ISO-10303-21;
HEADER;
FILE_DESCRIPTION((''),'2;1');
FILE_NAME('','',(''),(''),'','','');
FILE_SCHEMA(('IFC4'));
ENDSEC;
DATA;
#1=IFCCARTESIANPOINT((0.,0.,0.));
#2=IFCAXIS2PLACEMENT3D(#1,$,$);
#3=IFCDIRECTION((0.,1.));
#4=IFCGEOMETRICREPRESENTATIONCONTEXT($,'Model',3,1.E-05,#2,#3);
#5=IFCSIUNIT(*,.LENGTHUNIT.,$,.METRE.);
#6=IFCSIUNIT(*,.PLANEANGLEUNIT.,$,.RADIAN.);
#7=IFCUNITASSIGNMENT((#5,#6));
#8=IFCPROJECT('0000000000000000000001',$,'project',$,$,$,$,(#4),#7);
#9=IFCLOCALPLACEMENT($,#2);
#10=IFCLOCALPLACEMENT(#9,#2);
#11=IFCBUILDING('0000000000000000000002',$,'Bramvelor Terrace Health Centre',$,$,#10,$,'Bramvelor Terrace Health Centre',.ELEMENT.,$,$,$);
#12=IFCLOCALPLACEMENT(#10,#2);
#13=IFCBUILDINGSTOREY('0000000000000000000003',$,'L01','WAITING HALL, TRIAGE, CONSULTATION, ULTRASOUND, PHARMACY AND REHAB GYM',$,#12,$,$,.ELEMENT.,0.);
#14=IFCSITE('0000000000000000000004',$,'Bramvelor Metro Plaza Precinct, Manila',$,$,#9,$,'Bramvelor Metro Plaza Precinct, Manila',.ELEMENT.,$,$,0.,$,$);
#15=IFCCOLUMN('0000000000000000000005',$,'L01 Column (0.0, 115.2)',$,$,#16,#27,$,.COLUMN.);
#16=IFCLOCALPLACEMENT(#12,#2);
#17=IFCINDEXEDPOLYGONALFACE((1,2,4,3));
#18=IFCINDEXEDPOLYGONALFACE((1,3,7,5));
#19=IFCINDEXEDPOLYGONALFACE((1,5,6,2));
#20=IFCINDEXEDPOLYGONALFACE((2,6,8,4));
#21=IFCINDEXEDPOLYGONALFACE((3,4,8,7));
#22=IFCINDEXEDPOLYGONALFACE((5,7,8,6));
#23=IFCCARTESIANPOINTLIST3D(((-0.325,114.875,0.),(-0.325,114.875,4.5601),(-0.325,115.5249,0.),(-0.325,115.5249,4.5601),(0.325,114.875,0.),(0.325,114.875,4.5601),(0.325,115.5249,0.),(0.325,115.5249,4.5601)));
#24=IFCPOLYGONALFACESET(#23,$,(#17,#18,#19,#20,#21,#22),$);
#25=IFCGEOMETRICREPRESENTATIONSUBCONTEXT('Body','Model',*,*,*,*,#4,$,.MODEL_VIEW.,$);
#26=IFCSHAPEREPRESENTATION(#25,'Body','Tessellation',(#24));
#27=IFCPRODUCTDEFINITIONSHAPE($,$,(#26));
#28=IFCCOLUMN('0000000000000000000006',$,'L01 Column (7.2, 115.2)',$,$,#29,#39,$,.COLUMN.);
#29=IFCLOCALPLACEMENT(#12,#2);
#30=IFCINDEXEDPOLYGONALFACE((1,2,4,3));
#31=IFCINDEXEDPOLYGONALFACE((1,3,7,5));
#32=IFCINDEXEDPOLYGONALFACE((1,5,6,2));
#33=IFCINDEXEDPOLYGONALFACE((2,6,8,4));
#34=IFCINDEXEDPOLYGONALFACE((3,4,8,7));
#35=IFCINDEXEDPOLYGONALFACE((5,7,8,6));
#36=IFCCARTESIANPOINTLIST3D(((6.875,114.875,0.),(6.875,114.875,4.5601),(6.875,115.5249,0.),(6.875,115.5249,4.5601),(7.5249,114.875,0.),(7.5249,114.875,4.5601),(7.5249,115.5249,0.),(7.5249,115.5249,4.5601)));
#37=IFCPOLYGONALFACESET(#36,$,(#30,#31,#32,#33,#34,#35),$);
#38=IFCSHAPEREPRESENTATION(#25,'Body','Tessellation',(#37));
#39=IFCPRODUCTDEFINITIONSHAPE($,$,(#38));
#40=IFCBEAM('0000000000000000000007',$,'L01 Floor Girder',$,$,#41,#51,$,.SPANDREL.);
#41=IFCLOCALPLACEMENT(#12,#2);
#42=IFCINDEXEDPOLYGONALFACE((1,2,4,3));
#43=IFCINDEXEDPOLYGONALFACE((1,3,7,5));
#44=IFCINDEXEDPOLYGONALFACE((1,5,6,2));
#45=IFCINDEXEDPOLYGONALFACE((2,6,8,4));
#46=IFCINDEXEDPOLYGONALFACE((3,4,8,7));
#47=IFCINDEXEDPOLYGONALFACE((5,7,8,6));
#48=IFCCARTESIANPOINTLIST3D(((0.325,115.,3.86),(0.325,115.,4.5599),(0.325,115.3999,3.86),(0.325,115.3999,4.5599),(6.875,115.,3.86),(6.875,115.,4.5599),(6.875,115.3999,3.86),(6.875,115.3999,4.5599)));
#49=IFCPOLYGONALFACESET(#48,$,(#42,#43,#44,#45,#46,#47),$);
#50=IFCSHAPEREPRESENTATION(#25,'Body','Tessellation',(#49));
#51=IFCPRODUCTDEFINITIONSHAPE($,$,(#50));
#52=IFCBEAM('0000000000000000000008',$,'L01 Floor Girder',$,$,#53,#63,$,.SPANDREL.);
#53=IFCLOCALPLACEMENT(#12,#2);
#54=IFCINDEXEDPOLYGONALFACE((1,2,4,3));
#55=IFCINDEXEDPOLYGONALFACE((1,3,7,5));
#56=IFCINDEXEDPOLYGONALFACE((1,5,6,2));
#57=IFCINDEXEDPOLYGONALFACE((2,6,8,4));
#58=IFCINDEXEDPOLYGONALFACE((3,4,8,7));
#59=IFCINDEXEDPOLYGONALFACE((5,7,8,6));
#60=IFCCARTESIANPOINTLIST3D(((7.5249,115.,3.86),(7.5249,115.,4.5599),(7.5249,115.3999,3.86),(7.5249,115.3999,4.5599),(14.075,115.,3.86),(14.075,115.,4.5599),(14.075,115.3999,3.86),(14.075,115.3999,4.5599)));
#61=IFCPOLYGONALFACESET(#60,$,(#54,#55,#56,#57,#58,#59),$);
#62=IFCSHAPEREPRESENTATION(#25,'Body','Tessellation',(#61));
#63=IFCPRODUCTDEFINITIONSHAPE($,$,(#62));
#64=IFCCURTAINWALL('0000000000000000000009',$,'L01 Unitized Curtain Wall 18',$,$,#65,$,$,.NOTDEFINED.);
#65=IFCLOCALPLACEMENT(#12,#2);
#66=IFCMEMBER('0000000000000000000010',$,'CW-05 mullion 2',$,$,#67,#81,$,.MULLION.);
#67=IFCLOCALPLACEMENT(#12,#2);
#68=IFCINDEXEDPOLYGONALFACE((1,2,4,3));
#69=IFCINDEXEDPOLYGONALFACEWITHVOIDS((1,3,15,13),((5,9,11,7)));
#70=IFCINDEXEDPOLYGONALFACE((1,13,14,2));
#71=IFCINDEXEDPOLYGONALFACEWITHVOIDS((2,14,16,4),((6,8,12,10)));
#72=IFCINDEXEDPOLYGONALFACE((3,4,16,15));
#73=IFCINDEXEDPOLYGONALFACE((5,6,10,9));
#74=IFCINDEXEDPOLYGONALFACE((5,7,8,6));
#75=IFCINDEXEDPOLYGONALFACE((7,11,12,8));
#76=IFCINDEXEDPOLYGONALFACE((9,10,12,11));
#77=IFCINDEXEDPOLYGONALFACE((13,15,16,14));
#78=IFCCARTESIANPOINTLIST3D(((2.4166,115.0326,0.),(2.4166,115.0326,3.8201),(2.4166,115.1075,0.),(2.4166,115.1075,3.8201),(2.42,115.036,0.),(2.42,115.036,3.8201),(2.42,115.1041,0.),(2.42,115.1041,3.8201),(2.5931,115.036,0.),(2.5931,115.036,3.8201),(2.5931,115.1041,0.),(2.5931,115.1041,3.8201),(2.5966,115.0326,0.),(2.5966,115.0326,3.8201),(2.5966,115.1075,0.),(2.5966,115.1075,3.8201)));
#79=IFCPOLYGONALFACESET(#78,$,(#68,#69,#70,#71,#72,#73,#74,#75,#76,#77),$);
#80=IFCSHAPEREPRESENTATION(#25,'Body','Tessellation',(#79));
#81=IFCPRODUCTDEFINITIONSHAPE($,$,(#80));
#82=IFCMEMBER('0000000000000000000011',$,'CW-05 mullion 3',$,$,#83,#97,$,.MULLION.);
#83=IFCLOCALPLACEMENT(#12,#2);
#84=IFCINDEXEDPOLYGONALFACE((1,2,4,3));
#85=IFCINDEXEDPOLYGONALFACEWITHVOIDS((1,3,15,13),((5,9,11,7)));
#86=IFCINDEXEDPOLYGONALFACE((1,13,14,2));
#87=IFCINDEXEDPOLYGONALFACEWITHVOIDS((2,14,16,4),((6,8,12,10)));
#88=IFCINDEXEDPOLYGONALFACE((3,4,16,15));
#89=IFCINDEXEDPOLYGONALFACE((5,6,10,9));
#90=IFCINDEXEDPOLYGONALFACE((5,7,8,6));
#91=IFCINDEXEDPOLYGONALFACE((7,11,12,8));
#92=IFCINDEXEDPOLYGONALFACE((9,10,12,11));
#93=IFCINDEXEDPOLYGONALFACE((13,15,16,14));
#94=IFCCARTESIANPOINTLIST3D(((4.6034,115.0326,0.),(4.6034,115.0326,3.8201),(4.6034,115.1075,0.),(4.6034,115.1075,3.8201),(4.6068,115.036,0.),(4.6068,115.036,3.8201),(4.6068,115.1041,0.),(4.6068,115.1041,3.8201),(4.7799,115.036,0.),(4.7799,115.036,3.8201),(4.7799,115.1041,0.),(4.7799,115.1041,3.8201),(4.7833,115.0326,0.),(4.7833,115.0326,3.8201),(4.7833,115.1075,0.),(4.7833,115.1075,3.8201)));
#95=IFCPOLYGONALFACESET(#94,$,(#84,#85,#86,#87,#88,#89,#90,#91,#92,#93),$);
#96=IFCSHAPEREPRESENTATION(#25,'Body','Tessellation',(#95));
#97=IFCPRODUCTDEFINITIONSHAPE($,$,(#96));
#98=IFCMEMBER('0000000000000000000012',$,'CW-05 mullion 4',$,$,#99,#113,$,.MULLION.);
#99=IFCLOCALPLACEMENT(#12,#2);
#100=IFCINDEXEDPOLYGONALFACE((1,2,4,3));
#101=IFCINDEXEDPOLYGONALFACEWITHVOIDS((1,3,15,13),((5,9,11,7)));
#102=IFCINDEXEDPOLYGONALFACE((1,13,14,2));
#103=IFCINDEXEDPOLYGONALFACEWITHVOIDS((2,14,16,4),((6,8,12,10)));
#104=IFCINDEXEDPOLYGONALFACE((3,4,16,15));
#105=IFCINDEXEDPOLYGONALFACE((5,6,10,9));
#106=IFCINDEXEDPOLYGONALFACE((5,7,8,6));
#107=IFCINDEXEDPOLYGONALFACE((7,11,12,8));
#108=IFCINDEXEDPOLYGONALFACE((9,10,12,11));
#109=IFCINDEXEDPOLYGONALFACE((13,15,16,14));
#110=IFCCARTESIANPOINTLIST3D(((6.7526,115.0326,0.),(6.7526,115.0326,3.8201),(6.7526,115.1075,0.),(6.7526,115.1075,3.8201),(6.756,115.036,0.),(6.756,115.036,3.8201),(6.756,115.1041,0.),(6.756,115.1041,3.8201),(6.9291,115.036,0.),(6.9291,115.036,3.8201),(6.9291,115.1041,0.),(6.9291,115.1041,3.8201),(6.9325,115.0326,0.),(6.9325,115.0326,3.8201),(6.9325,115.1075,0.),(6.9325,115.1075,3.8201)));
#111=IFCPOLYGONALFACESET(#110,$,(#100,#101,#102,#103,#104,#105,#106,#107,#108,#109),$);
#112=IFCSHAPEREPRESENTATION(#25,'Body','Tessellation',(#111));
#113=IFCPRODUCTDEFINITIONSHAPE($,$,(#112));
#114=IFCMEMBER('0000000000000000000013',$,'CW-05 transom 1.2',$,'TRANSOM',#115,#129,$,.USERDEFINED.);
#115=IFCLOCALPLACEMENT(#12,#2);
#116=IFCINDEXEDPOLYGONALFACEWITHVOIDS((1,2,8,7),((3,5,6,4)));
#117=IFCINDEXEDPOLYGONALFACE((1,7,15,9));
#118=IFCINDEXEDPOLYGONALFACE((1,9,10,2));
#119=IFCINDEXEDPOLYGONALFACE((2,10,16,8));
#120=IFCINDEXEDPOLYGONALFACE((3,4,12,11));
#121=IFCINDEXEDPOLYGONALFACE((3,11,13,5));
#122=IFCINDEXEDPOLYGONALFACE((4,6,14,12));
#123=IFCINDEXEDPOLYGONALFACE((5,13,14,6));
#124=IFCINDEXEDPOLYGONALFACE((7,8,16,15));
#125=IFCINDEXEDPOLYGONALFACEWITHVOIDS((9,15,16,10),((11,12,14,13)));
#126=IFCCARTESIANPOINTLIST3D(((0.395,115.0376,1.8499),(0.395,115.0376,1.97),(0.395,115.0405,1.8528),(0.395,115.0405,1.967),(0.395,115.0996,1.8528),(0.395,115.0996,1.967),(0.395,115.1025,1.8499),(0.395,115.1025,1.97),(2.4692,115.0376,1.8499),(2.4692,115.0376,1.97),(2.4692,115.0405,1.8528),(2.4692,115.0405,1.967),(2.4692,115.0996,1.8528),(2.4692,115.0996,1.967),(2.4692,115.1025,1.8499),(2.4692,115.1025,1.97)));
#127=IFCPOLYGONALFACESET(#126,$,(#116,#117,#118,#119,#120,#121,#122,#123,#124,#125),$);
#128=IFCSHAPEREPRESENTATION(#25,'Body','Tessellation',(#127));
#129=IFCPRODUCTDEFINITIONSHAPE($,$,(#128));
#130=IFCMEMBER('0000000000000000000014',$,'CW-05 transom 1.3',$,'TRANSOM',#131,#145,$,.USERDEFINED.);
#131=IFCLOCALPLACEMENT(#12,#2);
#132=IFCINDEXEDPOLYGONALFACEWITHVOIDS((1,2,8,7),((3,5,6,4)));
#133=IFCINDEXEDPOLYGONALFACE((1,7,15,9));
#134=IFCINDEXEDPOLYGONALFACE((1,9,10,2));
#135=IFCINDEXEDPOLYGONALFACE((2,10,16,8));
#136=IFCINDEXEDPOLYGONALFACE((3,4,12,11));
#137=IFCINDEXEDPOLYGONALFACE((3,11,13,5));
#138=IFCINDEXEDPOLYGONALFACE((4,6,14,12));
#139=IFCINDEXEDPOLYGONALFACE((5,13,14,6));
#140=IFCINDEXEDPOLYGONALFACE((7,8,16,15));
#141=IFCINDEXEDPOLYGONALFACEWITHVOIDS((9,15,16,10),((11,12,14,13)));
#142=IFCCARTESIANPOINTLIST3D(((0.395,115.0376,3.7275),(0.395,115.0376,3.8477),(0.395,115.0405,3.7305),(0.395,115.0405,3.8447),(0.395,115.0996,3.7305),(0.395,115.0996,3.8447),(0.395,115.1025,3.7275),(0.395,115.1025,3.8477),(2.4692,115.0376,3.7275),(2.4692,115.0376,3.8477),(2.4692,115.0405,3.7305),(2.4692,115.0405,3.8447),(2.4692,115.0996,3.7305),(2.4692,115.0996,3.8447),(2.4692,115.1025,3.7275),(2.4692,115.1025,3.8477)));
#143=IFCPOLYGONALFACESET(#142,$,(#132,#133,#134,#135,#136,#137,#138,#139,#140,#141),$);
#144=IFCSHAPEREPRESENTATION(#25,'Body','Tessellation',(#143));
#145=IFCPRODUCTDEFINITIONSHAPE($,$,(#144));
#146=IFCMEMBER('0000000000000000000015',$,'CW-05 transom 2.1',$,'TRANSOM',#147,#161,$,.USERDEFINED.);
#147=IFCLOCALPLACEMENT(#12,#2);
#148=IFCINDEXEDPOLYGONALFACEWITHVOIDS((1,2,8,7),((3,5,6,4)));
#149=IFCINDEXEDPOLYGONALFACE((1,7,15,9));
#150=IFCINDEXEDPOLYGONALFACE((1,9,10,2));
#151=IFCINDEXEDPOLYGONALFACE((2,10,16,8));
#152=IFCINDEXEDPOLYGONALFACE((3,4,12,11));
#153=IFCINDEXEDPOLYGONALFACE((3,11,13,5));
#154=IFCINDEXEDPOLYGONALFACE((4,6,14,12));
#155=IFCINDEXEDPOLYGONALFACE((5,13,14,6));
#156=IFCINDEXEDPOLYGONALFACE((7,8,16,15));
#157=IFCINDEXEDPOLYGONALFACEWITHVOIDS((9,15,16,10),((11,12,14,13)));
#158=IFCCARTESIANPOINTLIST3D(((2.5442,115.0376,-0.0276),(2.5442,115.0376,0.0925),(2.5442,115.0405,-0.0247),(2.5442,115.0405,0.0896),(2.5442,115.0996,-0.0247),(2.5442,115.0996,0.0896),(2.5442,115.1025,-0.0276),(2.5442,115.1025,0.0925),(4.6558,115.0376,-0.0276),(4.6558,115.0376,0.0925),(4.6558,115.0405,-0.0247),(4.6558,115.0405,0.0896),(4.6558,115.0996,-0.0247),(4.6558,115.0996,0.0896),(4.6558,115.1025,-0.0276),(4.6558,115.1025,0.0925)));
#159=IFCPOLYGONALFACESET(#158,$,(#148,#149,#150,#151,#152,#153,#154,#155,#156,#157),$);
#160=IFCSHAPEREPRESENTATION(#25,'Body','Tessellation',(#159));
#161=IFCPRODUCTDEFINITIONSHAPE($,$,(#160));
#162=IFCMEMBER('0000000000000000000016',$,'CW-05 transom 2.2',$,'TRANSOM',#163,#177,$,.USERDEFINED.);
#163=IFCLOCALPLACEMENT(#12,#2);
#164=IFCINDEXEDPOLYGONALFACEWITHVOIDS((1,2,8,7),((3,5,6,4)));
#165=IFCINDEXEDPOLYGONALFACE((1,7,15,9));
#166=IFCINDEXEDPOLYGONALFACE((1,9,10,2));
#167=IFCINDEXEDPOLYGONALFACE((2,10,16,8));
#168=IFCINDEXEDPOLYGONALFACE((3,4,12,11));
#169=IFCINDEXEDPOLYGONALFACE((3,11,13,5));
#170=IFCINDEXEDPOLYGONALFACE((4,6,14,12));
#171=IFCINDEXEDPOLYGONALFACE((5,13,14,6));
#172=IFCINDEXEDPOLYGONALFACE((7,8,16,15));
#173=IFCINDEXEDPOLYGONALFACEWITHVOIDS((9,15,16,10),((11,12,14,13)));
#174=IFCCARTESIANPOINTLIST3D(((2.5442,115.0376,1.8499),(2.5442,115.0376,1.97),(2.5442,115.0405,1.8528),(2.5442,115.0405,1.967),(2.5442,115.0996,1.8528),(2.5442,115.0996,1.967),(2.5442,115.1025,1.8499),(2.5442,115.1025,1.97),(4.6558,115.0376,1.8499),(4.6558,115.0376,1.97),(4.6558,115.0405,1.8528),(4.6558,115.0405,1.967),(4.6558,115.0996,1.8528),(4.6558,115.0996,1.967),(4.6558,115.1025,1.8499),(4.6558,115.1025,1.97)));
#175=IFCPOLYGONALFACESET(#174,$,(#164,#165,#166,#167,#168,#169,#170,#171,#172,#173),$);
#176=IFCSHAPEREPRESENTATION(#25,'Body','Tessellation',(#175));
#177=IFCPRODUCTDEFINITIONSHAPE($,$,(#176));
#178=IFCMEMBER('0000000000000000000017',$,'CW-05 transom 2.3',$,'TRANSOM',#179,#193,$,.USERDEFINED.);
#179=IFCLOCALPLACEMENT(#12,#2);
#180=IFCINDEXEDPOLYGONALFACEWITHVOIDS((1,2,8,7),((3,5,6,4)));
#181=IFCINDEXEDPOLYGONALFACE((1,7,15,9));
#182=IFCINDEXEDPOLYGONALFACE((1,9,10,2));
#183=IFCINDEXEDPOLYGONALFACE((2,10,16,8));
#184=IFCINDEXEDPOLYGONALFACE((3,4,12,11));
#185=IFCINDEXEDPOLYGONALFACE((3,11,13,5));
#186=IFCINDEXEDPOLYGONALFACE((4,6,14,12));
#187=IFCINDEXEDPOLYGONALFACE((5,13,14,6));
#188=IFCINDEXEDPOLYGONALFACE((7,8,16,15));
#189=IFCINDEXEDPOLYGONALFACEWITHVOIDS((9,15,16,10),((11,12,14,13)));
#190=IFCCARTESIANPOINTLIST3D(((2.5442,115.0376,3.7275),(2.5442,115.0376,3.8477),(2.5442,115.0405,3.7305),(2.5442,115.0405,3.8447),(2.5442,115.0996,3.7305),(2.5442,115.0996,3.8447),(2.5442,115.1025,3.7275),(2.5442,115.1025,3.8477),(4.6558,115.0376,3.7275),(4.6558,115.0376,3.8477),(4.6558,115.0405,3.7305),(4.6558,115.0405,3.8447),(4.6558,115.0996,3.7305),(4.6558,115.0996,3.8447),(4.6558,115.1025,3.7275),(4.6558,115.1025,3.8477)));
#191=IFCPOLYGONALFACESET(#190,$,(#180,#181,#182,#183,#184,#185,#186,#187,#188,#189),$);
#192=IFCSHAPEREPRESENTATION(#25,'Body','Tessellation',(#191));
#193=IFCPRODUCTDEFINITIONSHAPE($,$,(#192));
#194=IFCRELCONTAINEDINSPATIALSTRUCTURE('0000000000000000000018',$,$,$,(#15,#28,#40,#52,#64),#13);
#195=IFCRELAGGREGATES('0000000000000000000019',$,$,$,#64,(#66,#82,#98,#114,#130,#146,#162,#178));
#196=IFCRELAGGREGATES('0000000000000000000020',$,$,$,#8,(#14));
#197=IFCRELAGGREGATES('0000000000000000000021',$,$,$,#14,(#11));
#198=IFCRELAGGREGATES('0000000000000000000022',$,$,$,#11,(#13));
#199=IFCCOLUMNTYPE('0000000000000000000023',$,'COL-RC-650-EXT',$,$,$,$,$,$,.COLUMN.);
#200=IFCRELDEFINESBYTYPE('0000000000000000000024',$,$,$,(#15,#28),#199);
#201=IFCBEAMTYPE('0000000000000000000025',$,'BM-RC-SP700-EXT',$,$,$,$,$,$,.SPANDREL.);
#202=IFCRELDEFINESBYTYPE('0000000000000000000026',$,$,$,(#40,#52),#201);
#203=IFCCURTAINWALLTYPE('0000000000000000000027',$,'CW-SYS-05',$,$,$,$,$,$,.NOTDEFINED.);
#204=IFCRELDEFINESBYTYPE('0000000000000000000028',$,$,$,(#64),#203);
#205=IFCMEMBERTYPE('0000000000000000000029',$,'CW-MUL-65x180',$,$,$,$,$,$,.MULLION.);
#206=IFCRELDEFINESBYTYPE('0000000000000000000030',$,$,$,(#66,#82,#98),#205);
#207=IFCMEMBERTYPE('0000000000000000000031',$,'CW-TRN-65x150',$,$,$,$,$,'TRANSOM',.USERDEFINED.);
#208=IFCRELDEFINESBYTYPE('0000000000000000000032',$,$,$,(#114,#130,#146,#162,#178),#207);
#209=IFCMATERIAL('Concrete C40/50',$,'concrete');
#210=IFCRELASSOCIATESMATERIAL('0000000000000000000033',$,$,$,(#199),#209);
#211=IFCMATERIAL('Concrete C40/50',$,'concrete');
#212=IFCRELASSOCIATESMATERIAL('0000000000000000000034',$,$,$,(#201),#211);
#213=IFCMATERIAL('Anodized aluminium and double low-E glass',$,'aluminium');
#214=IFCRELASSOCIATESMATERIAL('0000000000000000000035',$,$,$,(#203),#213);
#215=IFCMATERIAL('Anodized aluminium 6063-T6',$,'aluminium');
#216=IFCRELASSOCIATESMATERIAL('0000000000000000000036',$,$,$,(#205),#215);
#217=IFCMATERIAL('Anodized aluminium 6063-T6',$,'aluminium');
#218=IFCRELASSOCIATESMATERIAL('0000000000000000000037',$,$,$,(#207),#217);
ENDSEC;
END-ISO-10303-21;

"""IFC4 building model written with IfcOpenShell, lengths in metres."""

from ifc_helpers import new_model, si_unit, direction, frame, origin, origin_2d, place, context, subcontext, project, spatial, rectangle, hollow_rectangle, extrude, material, material_profile, profile_set, type_object, element, aggregate, save


model = new_model("IFC4")

# Units and contexts
model_context = context("Model", 3, precision=1e-05, world=origin(), true_north=direction((0.0, 1.0)))
body_context = subcontext(model_context, "Body", "Model", "MODEL_VIEW")
ifc_project = project(units=[si_unit("LENGTHUNIT", "METRE"), si_unit("PLANEANGLEUNIT", "RADIAN")], contexts=[model_context])

# Site, building, storey
site_placement = place(None, origin())
site = spatial("IfcSite", under=ifc_project, at=site_placement, Name="Bramvelor Metro Plaza Precinct, Manila", LongName="Bramvelor Metro Plaza Precinct, Manila", CompositionType="ELEMENT", RefElevation=0.0)
building_placement = place(site_placement, origin())
building = spatial("IfcBuilding", under=site, at=building_placement, Name="Bramvelor Terrace Health Centre", LongName="Bramvelor Terrace Health Centre", CompositionType="ELEMENT")
storey_placement = place(building_placement, origin())
storey = spatial("IfcBuildingStorey", under=building, at=storey_placement, Name="L01", Description="WAITING HALL, TRIAGE, CONSULTATION, ULTRASOUND, PHARMACY AND REHAB GYM", CompositionType="ELEMENT", Elevation=0.0)

# Columns
ifc_material_1 = material(Name="Concrete C40/50", Category="concrete")
ifc_material_profile_1 = material_profile(ifc_material_1, rectangle(XDim=0.6499, YDim=0.6499, at=origin_2d()), Name="RC 650x650")
ifc_profile_set_1 = profile_set([ifc_material_profile_1], Name="Concrete C40/50")
column_type = type_object("IfcColumnType", Name="COL-RC-650-EXT", PredefinedType="COLUMN", material=ifc_profile_set_1)
for number, where, z_axis, x_axis, name in (
    (1, (0.0, 115.2, 0.0), (0.0, 0.0, 1.0), (1.0, 0.0, 0.0), "L01 Column (0.0, 115.2)"),
    (2, (7.2, 115.2, 0.0), (0.0, 0.0, 1.0), (1.0, 0.0, 0.0), "L01 Column (7.2, 115.2)"),
):
    element("IfcColumn", number, at=place(storey_placement, frame(where, z_axis=z_axis, x_axis=x_axis)), inside=storey, type_object=column_type, Name=name, PredefinedType="COLUMN", context=body_context, shape_type="SweptSolid", body=[
        extrude(rectangle(XDim=0.6499, YDim=0.6499, at=origin_2d()), origin(), (0.0, 0.0, 1.0), 4.5601),
    ])

# Beams
ifc_material_2 = material(Name="Concrete C40/50", Category="concrete")
ifc_material_profile_2 = material_profile(ifc_material_2, rectangle(XDim=0.3999, YDim=0.7, at=origin_2d()), Name="RC 400x700")
ifc_profile_set_2 = profile_set([ifc_material_profile_2], Name="Concrete C40/50")
beam_type = type_object("IfcBeamType", Name="BM-RC-SP700-EXT", PredefinedType="SPANDREL", material=ifc_profile_set_2)
for number, where, z_axis, x_axis, name in (
    (3, (0.325, 115.2, 4.21), (1.0, 0.0, 0.0), (0.0, 1.0, 0.0), "L01 Floor Girder"),
    (4, (7.5249, 115.2, 4.21), (1.0, 0.0, 0.0), (0.0, 1.0, 0.0), "L01 Floor Girder"),
):
    element("IfcBeam", number, at=place(storey_placement, frame(where, z_axis=z_axis, x_axis=x_axis)), inside=storey, type_object=beam_type, Name=name, PredefinedType="SPANDREL", context=body_context, shape_type="SweptSolid", body=[
        extrude(rectangle(XDim=0.3999, YDim=0.7, at=origin_2d()), origin(), (0.0, 0.0, 1.0), 6.55),
    ])

# Curtain wall, members
ifc_material_3 = material(Name="Anodized aluminium and double low-E glass", Category="aluminium")
curtain_wall_type = type_object("IfcCurtainWallType", Name="CW-SYS-05", PredefinedType="NOTDEFINED", material=ifc_material_3)
curtain_wall_placement = place(storey_placement, origin())
curtain_wall = element("IfcCurtainWall", 5, at=curtain_wall_placement, inside=storey, type_object=curtain_wall_type, Name="L01 Unitized Curtain Wall 18", PredefinedType="NOTDEFINED")
ifc_material_4 = material(Name="Anodized aluminium 6063-T6", Category="aluminium")
ifc_material_profile_3 = material_profile(ifc_material_4, hollow_rectangle(XDim=0.075, YDim=0.1799, WallThickness=0.0034, at=origin_2d()), Name="ALU-MUL 75x180x3.5")
ifc_profile_set_3 = profile_set([ifc_material_profile_3], Name="Anodized aluminium 6063-T6")
member_type_1 = type_object("IfcMemberType", Name="CW-MUL-65x180", PredefinedType="MULLION", material=ifc_profile_set_3)
member_1_placement = place(storey_placement, frame((2.5066, 115.0701, 0.0), z_axis=(0.0, 0.0, 1.0), x_axis=(0.0, 1.0, 0.0)))
member_1 = element("IfcMember", 6, at=member_1_placement, type_object=member_type_1, Name="CW-05 mullion 2", PredefinedType="MULLION", context=body_context, shape_type="SweptSolid", body=[
    extrude(hollow_rectangle(XDim=0.075, YDim=0.1799, WallThickness=0.0034, at=origin_2d()), origin(), (0.0, 0.0, 1.0), 3.8201),
])
member_2_placement = place(storey_placement, frame((4.6934, 115.0701, 0.0), z_axis=(0.0, 0.0, 1.0), x_axis=(0.0, 1.0, 0.0)))
member_2 = element("IfcMember", 7, at=member_2_placement, type_object=member_type_1, Name="CW-05 mullion 3", PredefinedType="MULLION", context=body_context, shape_type="SweptSolid", body=[
    extrude(hollow_rectangle(XDim=0.075, YDim=0.1799, WallThickness=0.0034, at=origin_2d()), origin(), (0.0, 0.0, 1.0), 3.8201),
])
member_3_placement = place(storey_placement, frame((6.8425, 115.0701, 0.0), z_axis=(0.0, 0.0, 1.0), x_axis=(0.0, 1.0, 0.0)))
member_3 = element("IfcMember", 8, at=member_3_placement, type_object=member_type_1, Name="CW-05 mullion 4", PredefinedType="MULLION", context=body_context, shape_type="SweptSolid", body=[
    extrude(hollow_rectangle(XDim=0.075, YDim=0.1799, WallThickness=0.0034, at=origin_2d()), origin(), (0.0, 0.0, 1.0), 3.8201),
])
ifc_material_5 = material(Name="Anodized aluminium 6063-T6", Category="aluminium")
ifc_material_profile_4 = material_profile(ifc_material_5, hollow_rectangle(XDim=0.0649, YDim=0.1201, WallThickness=0.0029, at=origin_2d()), Name="ALU-TRN 65x120x3.0")
ifc_profile_set_4 = profile_set([ifc_material_profile_4], Name="Anodized aluminium 6063-T6")
member_type_2 = type_object("IfcMemberType", Name="CW-TRN-65x150", ElementType="TRANSOM", PredefinedType="USERDEFINED", material=ifc_profile_set_4)
member_4_placement = place(storey_placement, frame((0.395, 115.0701, 1.9099), z_axis=(1.0, 0.0, 0.0), x_axis=(0.0, 1.0, 0.0)))
member_4 = element("IfcMember", 9, at=member_4_placement, type_object=member_type_2, Name="CW-05 transom 1.2", ObjectType="TRANSOM", PredefinedType="USERDEFINED", context=body_context, shape_type="SweptSolid", body=[
    extrude(hollow_rectangle(XDim=0.0649, YDim=0.1201, WallThickness=0.0029, at=origin_2d()), origin(), (0.0, 0.0, 1.0), 2.0742),
])
member_5_placement = place(storey_placement, frame((0.395, 115.0701, 3.7876), z_axis=(1.0, 0.0, 0.0), x_axis=(0.0, 1.0, 0.0)))
member_5 = element("IfcMember", 10, at=member_5_placement, type_object=member_type_2, Name="CW-05 transom 1.3", ObjectType="TRANSOM", PredefinedType="USERDEFINED", context=body_context, shape_type="SweptSolid", body=[
    extrude(hollow_rectangle(XDim=0.0649, YDim=0.1201, WallThickness=0.0029, at=origin_2d()), origin(), (0.0, 0.0, 1.0), 2.0742),
])
member_6_placement = place(storey_placement, frame((2.5442, 115.0701, 0.0325), z_axis=(1.0, 0.0, 0.0), x_axis=(0.0, 1.0, 0.0)))
member_6 = element("IfcMember", 11, at=member_6_placement, type_object=member_type_2, Name="CW-05 transom 2.1", ObjectType="TRANSOM", PredefinedType="USERDEFINED", context=body_context, shape_type="SweptSolid", body=[
    extrude(hollow_rectangle(XDim=0.0649, YDim=0.1201, WallThickness=0.0029, at=origin_2d()), origin(), (0.0, 0.0, 1.0), 2.1116),
])
member_7_placement = place(storey_placement, frame((2.5442, 115.0701, 1.9099), z_axis=(1.0, 0.0, 0.0), x_axis=(0.0, 1.0, 0.0)))
member_7 = element("IfcMember", 12, at=member_7_placement, type_object=member_type_2, Name="CW-05 transom 2.2", ObjectType="TRANSOM", PredefinedType="USERDEFINED", context=body_context, shape_type="SweptSolid", body=[
    extrude(hollow_rectangle(XDim=0.0649, YDim=0.1201, WallThickness=0.0029, at=origin_2d()), origin(), (0.0, 0.0, 1.0), 2.1116),
])
member_8_placement = place(storey_placement, frame((2.5442, 115.0701, 3.7876), z_axis=(1.0, 0.0, 0.0), x_axis=(0.0, 1.0, 0.0)))
member_8 = element("IfcMember", 13, at=member_8_placement, type_object=member_type_2, Name="CW-05 transom 2.3", ObjectType="TRANSOM", PredefinedType="USERDEFINED", context=body_context, shape_type="SweptSolid", body=[
    extrude(hollow_rectangle(XDim=0.0649, YDim=0.1201, WallThickness=0.0029, at=origin_2d()), origin(), (0.0, 0.0, 1.0), 2.1116),
])
aggregate(curtain_wall, [member_1, member_2, member_3, member_4, member_5, member_6, member_7, member_8])

save(model, "model.ifc")
